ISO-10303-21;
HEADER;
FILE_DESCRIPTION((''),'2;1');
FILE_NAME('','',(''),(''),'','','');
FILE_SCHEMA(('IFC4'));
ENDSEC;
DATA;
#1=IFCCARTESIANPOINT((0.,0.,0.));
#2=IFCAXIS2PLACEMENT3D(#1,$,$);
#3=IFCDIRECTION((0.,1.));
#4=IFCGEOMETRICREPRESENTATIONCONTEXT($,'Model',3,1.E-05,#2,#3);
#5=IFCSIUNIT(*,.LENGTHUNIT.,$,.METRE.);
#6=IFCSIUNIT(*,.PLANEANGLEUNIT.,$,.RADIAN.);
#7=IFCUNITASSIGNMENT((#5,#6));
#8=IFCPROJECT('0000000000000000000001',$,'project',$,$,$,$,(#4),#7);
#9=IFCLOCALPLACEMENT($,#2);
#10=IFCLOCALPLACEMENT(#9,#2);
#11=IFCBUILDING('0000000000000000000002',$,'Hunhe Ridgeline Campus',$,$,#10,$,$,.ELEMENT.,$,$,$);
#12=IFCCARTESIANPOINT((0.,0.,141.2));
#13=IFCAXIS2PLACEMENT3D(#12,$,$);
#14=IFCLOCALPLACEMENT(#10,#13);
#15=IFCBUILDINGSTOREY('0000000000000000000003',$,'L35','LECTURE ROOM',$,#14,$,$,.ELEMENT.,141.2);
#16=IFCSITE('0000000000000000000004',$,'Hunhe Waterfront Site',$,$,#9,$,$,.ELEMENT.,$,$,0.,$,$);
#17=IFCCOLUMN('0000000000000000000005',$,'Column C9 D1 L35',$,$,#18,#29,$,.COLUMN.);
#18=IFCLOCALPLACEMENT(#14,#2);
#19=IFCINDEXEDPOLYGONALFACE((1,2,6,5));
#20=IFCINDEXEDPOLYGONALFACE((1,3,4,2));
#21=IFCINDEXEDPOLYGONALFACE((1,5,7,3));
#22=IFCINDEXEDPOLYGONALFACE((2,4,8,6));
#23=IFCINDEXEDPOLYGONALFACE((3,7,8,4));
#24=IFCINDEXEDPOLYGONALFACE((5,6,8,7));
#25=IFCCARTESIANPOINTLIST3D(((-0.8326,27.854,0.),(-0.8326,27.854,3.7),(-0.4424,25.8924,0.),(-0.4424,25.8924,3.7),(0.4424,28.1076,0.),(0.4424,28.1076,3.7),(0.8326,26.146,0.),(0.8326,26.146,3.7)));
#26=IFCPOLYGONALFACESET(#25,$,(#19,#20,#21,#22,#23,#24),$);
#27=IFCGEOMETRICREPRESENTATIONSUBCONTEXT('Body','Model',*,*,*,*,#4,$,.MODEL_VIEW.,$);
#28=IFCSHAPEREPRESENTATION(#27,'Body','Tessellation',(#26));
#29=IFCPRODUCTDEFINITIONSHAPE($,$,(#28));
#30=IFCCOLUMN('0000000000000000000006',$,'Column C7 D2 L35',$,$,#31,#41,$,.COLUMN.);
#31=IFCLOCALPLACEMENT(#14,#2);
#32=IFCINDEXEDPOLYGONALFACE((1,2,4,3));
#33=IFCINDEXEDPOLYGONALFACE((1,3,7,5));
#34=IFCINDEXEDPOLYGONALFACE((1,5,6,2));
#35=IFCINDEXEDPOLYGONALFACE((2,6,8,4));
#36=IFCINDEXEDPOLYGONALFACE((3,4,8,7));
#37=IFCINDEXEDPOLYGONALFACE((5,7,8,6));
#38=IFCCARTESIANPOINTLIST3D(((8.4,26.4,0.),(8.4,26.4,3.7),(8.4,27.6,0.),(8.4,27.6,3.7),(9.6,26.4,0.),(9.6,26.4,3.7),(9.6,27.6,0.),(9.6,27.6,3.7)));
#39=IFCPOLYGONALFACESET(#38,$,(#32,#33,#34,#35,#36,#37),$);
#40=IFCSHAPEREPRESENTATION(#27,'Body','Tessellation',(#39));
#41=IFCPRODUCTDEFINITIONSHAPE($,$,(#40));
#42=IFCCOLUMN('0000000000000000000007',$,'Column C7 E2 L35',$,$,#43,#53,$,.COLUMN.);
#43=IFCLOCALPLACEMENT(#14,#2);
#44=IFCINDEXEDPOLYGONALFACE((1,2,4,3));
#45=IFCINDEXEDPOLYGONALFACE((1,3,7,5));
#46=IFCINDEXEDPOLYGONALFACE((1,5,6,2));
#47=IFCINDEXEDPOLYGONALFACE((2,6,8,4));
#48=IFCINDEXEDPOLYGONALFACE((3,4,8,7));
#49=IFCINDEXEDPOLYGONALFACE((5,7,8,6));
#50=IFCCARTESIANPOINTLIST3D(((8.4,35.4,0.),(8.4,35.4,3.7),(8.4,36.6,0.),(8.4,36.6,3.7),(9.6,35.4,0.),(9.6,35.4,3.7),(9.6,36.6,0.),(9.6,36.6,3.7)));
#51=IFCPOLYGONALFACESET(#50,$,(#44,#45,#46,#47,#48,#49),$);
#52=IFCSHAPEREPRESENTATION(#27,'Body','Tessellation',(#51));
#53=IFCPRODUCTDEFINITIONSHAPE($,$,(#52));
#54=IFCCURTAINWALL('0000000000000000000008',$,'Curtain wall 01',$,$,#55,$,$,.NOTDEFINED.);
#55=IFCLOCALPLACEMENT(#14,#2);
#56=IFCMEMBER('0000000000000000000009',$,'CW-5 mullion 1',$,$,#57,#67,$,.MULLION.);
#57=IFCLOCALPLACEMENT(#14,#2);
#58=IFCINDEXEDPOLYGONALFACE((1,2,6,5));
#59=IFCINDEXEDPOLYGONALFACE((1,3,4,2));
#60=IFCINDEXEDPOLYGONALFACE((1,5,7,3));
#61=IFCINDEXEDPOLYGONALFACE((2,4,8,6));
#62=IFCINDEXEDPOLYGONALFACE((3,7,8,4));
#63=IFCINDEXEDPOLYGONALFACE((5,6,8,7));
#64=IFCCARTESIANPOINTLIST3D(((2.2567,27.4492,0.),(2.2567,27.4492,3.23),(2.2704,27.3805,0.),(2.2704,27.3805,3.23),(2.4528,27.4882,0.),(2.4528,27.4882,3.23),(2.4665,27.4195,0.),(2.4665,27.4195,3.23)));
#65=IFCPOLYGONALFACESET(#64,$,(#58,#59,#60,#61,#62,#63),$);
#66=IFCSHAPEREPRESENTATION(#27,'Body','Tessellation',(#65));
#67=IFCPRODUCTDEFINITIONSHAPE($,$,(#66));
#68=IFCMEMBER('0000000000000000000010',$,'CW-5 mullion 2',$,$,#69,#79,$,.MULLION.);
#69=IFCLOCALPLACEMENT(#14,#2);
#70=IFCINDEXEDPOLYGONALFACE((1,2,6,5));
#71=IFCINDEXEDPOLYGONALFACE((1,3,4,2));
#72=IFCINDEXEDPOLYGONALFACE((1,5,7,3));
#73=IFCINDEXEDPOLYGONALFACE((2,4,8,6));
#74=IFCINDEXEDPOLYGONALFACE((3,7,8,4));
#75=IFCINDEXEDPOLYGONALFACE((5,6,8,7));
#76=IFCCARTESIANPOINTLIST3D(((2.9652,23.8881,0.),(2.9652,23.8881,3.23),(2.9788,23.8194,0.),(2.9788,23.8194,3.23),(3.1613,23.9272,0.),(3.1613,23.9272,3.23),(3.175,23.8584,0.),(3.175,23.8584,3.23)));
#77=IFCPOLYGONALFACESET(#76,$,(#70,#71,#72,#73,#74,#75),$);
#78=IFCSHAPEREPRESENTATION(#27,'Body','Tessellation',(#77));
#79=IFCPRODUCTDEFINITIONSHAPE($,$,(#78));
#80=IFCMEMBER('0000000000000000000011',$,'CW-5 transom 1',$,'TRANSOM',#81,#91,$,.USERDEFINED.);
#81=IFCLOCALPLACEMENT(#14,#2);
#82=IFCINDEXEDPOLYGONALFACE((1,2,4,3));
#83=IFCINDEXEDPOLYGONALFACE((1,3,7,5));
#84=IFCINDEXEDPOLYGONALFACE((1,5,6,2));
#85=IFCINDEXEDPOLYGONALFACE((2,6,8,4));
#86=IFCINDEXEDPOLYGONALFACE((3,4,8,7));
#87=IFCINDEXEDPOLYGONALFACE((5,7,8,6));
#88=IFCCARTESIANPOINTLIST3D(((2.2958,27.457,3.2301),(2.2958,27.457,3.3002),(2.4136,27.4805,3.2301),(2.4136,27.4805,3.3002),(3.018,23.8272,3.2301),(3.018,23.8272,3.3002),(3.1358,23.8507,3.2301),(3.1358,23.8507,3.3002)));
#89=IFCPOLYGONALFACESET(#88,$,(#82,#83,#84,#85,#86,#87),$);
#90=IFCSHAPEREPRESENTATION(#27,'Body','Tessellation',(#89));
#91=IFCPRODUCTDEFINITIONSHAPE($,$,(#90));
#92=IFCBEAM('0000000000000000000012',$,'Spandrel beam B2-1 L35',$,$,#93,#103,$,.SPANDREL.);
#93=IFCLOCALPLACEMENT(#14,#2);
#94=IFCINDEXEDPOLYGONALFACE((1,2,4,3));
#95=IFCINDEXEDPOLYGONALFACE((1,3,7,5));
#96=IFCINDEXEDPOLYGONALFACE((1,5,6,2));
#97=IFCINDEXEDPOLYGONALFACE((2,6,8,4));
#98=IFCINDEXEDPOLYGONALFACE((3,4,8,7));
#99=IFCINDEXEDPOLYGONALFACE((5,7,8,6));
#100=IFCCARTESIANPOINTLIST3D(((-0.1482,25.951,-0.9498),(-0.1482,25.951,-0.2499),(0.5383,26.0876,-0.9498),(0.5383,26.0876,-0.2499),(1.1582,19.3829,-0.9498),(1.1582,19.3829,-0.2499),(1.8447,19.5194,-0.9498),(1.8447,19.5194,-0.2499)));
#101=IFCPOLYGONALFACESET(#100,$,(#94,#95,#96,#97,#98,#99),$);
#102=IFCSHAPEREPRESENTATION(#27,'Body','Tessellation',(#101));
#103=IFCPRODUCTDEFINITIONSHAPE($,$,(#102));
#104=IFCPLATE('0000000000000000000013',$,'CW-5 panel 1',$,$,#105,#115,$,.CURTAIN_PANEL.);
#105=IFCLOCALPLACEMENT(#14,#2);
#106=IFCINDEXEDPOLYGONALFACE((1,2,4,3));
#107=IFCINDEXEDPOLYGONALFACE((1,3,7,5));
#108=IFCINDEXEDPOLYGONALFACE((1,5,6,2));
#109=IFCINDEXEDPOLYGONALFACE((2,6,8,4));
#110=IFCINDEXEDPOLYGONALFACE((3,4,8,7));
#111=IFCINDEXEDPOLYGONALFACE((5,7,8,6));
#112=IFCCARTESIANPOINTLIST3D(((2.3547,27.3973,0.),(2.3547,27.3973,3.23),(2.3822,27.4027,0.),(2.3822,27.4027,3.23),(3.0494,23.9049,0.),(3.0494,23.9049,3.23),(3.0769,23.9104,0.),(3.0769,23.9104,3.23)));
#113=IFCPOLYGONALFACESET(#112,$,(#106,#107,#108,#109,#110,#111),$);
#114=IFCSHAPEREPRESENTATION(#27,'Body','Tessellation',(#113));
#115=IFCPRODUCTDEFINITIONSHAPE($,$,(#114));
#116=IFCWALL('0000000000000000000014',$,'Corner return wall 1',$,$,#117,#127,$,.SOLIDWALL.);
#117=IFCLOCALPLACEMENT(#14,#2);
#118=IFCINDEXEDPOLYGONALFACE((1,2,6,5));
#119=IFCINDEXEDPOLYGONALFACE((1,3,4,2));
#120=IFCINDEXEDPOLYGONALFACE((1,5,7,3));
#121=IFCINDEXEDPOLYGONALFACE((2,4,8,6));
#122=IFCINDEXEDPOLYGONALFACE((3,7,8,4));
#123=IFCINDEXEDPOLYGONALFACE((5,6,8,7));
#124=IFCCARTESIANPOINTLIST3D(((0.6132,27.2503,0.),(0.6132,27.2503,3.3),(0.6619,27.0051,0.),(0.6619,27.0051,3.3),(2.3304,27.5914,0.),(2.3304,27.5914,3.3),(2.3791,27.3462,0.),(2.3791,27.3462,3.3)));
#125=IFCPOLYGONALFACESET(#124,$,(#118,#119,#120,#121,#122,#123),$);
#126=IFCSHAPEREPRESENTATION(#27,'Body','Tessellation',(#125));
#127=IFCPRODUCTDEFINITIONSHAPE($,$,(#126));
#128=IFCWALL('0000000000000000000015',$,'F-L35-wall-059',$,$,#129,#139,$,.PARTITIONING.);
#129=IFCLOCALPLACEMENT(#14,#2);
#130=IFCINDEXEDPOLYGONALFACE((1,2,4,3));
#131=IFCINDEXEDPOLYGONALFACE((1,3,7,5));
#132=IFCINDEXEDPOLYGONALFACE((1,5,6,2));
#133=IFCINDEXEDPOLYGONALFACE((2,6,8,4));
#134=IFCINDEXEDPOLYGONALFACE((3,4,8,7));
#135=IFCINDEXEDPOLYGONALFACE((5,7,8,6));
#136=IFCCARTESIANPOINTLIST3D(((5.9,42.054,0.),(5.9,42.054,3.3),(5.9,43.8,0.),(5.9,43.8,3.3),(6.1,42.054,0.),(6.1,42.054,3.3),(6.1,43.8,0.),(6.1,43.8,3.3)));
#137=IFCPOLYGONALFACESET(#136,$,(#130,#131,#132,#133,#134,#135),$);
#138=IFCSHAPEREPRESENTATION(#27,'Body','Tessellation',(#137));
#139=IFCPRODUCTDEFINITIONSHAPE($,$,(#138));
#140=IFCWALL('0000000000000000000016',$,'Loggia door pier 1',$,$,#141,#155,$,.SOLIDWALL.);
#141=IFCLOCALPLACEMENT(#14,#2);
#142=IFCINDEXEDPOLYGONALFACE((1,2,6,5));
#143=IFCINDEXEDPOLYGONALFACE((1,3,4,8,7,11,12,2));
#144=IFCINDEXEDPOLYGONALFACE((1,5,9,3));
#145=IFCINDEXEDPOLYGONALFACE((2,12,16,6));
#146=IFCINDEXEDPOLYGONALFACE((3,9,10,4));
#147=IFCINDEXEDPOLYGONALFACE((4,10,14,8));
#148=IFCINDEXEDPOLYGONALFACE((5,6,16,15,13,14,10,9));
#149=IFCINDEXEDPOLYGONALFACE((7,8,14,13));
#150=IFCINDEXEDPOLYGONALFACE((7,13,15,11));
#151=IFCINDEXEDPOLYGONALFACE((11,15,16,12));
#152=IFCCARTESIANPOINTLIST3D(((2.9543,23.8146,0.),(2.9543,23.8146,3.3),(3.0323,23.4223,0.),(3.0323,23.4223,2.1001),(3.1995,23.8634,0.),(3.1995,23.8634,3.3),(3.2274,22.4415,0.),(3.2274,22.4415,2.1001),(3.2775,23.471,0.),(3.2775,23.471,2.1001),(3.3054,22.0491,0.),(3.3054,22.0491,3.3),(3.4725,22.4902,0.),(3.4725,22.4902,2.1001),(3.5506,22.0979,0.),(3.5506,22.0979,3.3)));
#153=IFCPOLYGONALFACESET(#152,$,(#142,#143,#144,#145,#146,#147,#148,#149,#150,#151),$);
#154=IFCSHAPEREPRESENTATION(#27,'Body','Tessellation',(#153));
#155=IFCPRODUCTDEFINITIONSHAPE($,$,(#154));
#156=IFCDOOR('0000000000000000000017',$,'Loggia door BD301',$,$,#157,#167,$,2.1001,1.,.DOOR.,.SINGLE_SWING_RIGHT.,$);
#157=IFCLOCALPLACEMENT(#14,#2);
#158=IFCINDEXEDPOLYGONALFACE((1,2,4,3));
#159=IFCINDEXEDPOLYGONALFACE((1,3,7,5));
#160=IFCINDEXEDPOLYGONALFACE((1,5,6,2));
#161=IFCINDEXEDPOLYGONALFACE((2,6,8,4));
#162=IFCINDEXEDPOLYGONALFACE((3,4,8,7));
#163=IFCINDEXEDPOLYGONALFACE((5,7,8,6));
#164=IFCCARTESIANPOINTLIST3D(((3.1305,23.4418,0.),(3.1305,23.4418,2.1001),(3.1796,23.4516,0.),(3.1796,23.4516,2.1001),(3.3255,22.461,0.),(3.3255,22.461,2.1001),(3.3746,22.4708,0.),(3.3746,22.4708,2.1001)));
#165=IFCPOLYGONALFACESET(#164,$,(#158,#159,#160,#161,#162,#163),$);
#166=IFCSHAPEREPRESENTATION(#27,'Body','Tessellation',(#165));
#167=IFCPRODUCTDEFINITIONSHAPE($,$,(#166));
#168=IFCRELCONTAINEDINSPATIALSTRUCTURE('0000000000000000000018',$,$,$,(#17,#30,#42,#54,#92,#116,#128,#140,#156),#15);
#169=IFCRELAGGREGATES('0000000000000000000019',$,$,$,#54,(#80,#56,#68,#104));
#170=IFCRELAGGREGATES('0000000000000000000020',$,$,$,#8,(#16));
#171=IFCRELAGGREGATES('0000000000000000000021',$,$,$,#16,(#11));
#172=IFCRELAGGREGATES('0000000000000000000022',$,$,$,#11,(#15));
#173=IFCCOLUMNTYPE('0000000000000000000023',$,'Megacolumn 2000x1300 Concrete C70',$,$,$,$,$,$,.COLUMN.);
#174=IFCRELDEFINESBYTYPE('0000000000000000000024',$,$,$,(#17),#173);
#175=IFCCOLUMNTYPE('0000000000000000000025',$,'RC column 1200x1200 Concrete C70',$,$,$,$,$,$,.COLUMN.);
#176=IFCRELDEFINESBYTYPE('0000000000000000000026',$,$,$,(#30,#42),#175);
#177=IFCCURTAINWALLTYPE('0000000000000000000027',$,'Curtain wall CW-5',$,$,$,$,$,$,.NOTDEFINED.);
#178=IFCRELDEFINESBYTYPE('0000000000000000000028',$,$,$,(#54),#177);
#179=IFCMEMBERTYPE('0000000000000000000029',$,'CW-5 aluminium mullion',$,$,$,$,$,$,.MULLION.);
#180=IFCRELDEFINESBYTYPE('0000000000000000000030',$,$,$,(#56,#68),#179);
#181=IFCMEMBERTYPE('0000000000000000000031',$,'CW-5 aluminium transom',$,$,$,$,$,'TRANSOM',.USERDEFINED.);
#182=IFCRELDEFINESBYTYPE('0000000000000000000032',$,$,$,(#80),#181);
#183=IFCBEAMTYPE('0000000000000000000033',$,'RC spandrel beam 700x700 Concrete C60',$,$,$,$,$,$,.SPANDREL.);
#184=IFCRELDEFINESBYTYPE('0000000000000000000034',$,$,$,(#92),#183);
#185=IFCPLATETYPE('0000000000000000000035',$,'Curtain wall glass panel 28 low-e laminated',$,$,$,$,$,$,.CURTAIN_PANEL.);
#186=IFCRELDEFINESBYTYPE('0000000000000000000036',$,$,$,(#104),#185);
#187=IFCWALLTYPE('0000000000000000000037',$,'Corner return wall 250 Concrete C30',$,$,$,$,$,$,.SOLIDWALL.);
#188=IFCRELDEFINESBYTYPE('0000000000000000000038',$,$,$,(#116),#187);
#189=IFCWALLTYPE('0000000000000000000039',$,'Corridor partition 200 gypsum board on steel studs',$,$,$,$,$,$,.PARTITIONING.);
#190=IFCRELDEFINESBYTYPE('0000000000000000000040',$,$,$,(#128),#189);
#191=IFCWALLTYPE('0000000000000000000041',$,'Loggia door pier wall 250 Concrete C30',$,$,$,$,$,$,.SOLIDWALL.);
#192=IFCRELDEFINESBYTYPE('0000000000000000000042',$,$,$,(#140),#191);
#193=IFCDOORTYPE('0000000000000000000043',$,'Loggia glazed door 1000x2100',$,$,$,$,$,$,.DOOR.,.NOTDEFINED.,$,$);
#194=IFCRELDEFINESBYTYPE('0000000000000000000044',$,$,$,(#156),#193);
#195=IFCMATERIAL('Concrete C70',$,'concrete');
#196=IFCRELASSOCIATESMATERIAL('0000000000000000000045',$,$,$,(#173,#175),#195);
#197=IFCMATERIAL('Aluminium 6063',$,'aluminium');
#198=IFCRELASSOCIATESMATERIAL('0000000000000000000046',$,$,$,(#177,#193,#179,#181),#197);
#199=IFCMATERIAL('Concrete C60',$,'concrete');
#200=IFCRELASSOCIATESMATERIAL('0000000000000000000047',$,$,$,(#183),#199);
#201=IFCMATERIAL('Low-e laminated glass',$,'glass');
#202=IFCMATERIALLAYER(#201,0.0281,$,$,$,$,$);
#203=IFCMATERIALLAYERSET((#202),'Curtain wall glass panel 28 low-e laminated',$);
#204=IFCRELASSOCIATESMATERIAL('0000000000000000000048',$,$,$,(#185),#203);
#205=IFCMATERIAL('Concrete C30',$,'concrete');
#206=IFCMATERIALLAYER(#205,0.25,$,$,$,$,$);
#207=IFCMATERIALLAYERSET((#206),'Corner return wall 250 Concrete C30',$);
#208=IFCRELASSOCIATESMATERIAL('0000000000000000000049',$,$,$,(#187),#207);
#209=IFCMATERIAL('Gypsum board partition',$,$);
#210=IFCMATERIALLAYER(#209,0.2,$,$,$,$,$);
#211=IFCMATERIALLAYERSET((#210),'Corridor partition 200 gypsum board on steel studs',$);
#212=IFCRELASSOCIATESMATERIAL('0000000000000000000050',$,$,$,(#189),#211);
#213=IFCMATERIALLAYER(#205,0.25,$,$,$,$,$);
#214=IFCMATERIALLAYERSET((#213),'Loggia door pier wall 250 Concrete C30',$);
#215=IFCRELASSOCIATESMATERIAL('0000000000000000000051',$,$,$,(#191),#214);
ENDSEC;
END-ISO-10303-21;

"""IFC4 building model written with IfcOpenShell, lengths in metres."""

from ifc_helpers import new_model, si_unit, direction, frame, frame_2d, origin, origin_2d, place, context, subcontext, project, spatial, rectangle, extrude, material, layer, layer_set, material_profile, profile_set, type_object, element, fill, aggregate, save


model = new_model("IFC4")

# Units and contexts
model_context = context("Model", 3, precision=1e-05, world=origin(), true_north=direction((0.0, 1.0)))
body_context = subcontext(model_context, "Body", "Model", "MODEL_VIEW")
ifc_project = project(units=[si_unit("LENGTHUNIT", "METRE"), si_unit("PLANEANGLEUNIT", "RADIAN")], contexts=[model_context])

# Site, building, storey
site_placement = place(None, origin())
site = spatial("IfcSite", under=ifc_project, at=site_placement, Name="Hunhe Waterfront Site", CompositionType="ELEMENT", RefElevation=0.0)
building_placement = place(site_placement, origin())
building = spatial("IfcBuilding", under=site, at=building_placement, Name="Hunhe Ridgeline Campus", CompositionType="ELEMENT")
storey_placement = place(building_placement, frame((0.0, 0.0, 141.2)))
storey = spatial("IfcBuildingStorey", under=building, at=storey_placement, Name="L35", Description="LECTURE ROOM", CompositionType="ELEMENT", Elevation=141.2)

# Columns
ifc_material_1 = material(Name="Concrete C70", Category="concrete")
ifc_material_profile_1 = material_profile(ifc_material_1, rectangle(XDim=2.0, YDim=1.3, at=origin_2d()))
ifc_profile_set_1 = profile_set([ifc_material_profile_1], Name="Concrete C70")
column_type_1 = type_object("IfcColumnType", Name="Megacolumn 2000x1300 Concrete C70", PredefinedType="COLUMN", material=ifc_profile_set_1)
column_placement = place(storey_placement, frame((0.0, 27.0, 0.0), z_axis=(0.0, 0.0, 1.0), x_axis=(-0.19509, 0.980785, 0.0)))
element("IfcColumn", 1, at=column_placement, inside=storey, type_object=column_type_1, Name="Column C9 D1 L35", PredefinedType="COLUMN", context=body_context, shape_type="SweptSolid", body=[
    extrude(rectangle(XDim=2.0, YDim=1.3, at=origin_2d()), origin(), (0.0, 0.0, 1.0), 3.7),
])
ifc_material_profile_2 = material_profile(ifc_material_1, rectangle(XDim=1.2, YDim=1.2, at=origin_2d()))
ifc_profile_set_2 = profile_set([ifc_material_profile_2], Name="Concrete C70")
column_type_2 = type_object("IfcColumnType", Name="RC column 1200x1200 Concrete C70", PredefinedType="COLUMN", material=ifc_profile_set_2)
for number, where, z_axis, x_axis, name in (
    (2, (9.0, 27.0, 0.0), (0.0, 0.0, 1.0), (1.0, 0.0, 0.0), "Column C7 D2 L35"),
    (3, (9.0, 36.0, 0.0), (0.0, 0.0, 1.0), (1.0, 0.0, 0.0), "Column C7 E2 L35"),
):
    element("IfcColumn", number, at=place(storey_placement, frame(where, z_axis=z_axis, x_axis=x_axis)), inside=storey, type_object=column_type_2, Name=name, PredefinedType="COLUMN", context=body_context, shape_type="SweptSolid", body=[
        extrude(rectangle(XDim=1.2, YDim=1.2, at=origin_2d()), origin(), (0.0, 0.0, 1.0), 3.7),
    ])

# Curtain wall, members
ifc_material_2 = material(Name="Aluminium 6063", Category="aluminium")
curtain_wall_type = type_object("IfcCurtainWallType", Name="Curtain wall CW-5", PredefinedType="NOTDEFINED", material=ifc_material_2)
curtain_wall_placement = place(storey_placement, origin())
curtain_wall = element("IfcCurtainWall", 4, at=curtain_wall_placement, inside=storey, type_object=curtain_wall_type, Name="Curtain wall 01", PredefinedType="NOTDEFINED")
ifc_material_profile_3 = material_profile(ifc_material_2, rectangle(XDim=0.2, YDim=0.0701, at=origin_2d()))
ifc_profile_set_3 = profile_set([ifc_material_profile_3], Name="Aluminium 6063")
member_type_1 = type_object("IfcMemberType", Name="CW-5 aluminium mullion", PredefinedType="MULLION", material=ifc_profile_set_3)
member_1_placement = place(storey_placement, frame((2.3616, 27.4343, 0.0), z_axis=(0.0, 0.0, 1.0), x_axis=(0.980784, 0.195095, 0.0)))
member_1 = element("IfcMember", 5, at=member_1_placement, type_object=member_type_1, Name="CW-5 mullion 1", PredefinedType="MULLION", context=body_context, shape_type="SweptSolid", body=[
    extrude(rectangle(XDim=0.2, YDim=0.0701, at=origin_2d()), origin(), (0.0, 0.0, 1.0), 3.23),
])
member_2_placement = place(storey_placement, frame((3.0701, 23.8733, 0.0), z_axis=(0.0, 0.0, 1.0), x_axis=(0.980784, 0.195095, 0.0)))
member_2 = element("IfcMember", 6, at=member_2_placement, type_object=member_type_1, Name="CW-5 mullion 2", PredefinedType="MULLION", context=body_context, shape_type="SweptSolid", body=[
    extrude(rectangle(XDim=0.2, YDim=0.0701, at=origin_2d()), origin(), (0.0, 0.0, 1.0), 3.23),
])
ifc_material_profile_4 = material_profile(ifc_material_2, rectangle(XDim=0.1201, YDim=0.0701, at=origin_2d()))
ifc_profile_set_4 = profile_set([ifc_material_profile_4], Name="Aluminium 6063")
member_type_2 = type_object("IfcMemberType", Name="CW-5 aluminium transom", ElementType="TRANSOM", PredefinedType="USERDEFINED", material=ifc_profile_set_4)
member_3_placement = place(storey_placement, frame((2.3547, 27.4688, 3.2651), z_axis=(0.195127, -0.980778, 0.0), x_axis=(0.980778, 0.195127, 0.0)))
member_3 = element("IfcMember", 7, at=member_3_placement, type_object=member_type_2, Name="CW-5 transom 1", ObjectType="TRANSOM", PredefinedType="USERDEFINED", context=body_context, shape_type="SweptSolid", body=[
    extrude(rectangle(XDim=0.1201, YDim=0.0701, at=origin_2d()), origin(), (0.0, 0.0, 1.0), 3.7009),
])

# Beam
ifc_material_3 = material(Name="Concrete C60", Category="concrete")
ifc_material_profile_5 = material_profile(ifc_material_3, rectangle(XDim=0.7, YDim=0.7, at=origin_2d()))
ifc_profile_set_5 = profile_set([ifc_material_profile_5], Name="Concrete C60")
beam_type = type_object("IfcBeamType", Name="RC spandrel beam 700x700 Concrete C60", PredefinedType="SPANDREL", material=ifc_profile_set_5)
beam_placement = place(storey_placement, frame((0.1951, 26.0193, -0.5999), z_axis=(0.195078, -0.980788, 0.0), x_axis=(0.980788, 0.195078, 0.0)))
element("IfcBeam", 8, at=beam_placement, inside=storey, type_object=beam_type, Name="Spandrel beam B2-1 L35", PredefinedType="SPANDREL", context=body_context, shape_type="SweptSolid", body=[
    extrude(rectangle(XDim=0.7, YDim=0.7, at=origin_2d()), origin(), (0.0, 0.0, 1.0), 6.6968),
])

# Plate
ifc_material_4 = material(Name="Low-e laminated glass", Category="glass")
ifc_layer_1 = layer(ifc_material_4, 0.0281)
ifc_layer_set_1 = layer_set([ifc_layer_1], Name="Curtain wall glass panel 28 low-e laminated")
plate_type = type_object("IfcPlateType", Name="Curtain wall glass panel 28 low-e laminated", PredefinedType="CURTAIN_PANEL", material=ifc_layer_set_1)
plate_placement = place(storey_placement, frame((2.7158, 25.6538, 0.0), z_axis=(0.0, 0.0, 1.0), x_axis=(0.195095, -0.980784, 0.0)))
plate = element("IfcPlate", 9, at=plate_placement, type_object=plate_type, Name="CW-5 panel 1", PredefinedType="CURTAIN_PANEL", context=body_context, shape_type="SweptSolid", body=[
    extrude(rectangle(XDim=3.5608, YDim=0.0281, at=origin_2d()), origin(), (0.0, 0.0, 1.0), 3.23),
])
aggregate(curtain_wall, [member_3, member_1, member_2, plate])

# Wall
ifc_material_5 = material(Name="Concrete C30", Category="concrete")
ifc_layer_2 = layer(ifc_material_5, 0.25)
ifc_layer_set_2 = layer_set([ifc_layer_2], Name="Corner return wall 250 Concrete C30")
wall_type_1 = type_object("IfcWallType", Name="Corner return wall 250 Concrete C30", PredefinedType="SOLIDWALL", material=ifc_layer_set_2)
wall_1_placement = place(storey_placement, frame((0.6375, 27.1277, 0.0), z_axis=(0.0, 0.0, 1.0), x_axis=(0.980843, 0.194802, 0.0)))
element("IfcWall", 10, at=wall_1_placement, inside=storey, type_object=wall_type_1, Name="Corner return wall 1", PredefinedType="SOLIDWALL", context=body_context, shape_type="SweptSolid", body=[
    extrude(rectangle(XDim=1.7507, YDim=0.25, at=frame_2d((0.8755, 0.0))), origin(), (0.0, 0.0, 1.0), 3.3),
])

# Shared definitions
ifc_material_6 = material(Name="Gypsum board partition")
ifc_layer_3 = layer(ifc_material_6, 0.2)
ifc_layer_set_3 = layer_set([ifc_layer_3], Name="Corridor partition 200 gypsum board on steel studs")
wall_type_2 = type_object("IfcWallType", Name="Corridor partition 200 gypsum board on steel studs", PredefinedType="PARTITIONING", material=ifc_layer_set_3)

# Wall
wall_2_placement = place(storey_placement, frame((6.0, 42.054, 0.0), z_axis=(0.0, 0.0, 1.0), x_axis=(0.0, 1.0, 0.0)))
element("IfcWall", 11, at=wall_2_placement, inside=storey, type_object=wall_type_2, Name="F-L35-wall-059", PredefinedType="PARTITIONING", context=body_context, shape_type="SweptSolid", body=[
    extrude(rectangle(XDim=1.7461, YDim=0.2, at=frame_2d((0.873, 0.0))), origin(), (0.0, 0.0, 1.0), 3.3),
])

# Wall, opening, door
ifc_layer_4 = layer(ifc_material_5, 0.25)
ifc_layer_set_4 = layer_set([ifc_layer_4], Name="Loggia door pier wall 250 Concrete C30")
wall_type_3 = type_object("IfcWallType", Name="Loggia door pier wall 250 Concrete C30", PredefinedType="SOLIDWALL", material=ifc_layer_set_4)
wall_3_placement = place(storey_placement, frame((3.0769, 23.8389, 0.0), z_axis=(0.0, 0.0, 1.0), x_axis=(0.195047, -0.980794, 0.0)))
wall_3 = element("IfcWall", 12, at=wall_3_placement, inside=storey, type_object=wall_type_3, Name="Loggia door pier 1", PredefinedType="SOLIDWALL", context=body_context, shape_type="SweptSolid", body=[
    extrude(rectangle(XDim=1.8, YDim=0.25, at=frame_2d((0.8999, 0.0))), origin(), (0.0, 0.0, 1.0), 3.3),
])
opening_1_placement = place(wall_3_placement, frame((0.3999, 0.0, 0.0)))
opening_1 = element("IfcOpeningElement", 13, at=opening_1_placement, cuts=wall_3, PredefinedType="OPENING", context=body_context, shape_type="SweptSolid", body=[
    extrude(rectangle(XDim=1.0, YDim=2.1001, at=frame_2d((0.5, 1.05))), frame((0.0, 0.125, 0.0), z_axis=(0.0, -1.0, 0.0), x_axis=(1.0, 0.0, 0.0)), (0.0, 0.0, 1.0), 0.25),
])
door_type_1 = type_object("IfcDoorType", Name="Loggia glazed door 1000x2100", OperationType="NOTDEFINED", PredefinedType="DOOR", material=ifc_material_2)
door_1_placement = place(opening_1_placement, frame((1.0, 0.0, 0.0), z_axis=(0.0, 0.0, 1.0), x_axis=(-1.0, 0.0, 0.0)))
door_1 = element("IfcDoor", 14, at=door_1_placement, inside=storey, type_object=door_type_1, Name="Loggia door BD301", OperationType="SINGLE_SWING_RIGHT", OverallHeight=2.1001, OverallWidth=1.0, PredefinedType="DOOR", context=body_context, shape_type="SweptSolid", body=[
    extrude(rectangle(XDim=1.0, YDim=2.1001, at=frame_2d((0.5, 1.05))), frame((0.0, 0.0249, 0.0), z_axis=(0.0, -1.0, 0.0), x_axis=(1.0, 0.0, 0.0)), (0.0, 0.0, 1.0), 0.05),
])
fill(opening_1, door_1)

save(model, "model.ifc")
